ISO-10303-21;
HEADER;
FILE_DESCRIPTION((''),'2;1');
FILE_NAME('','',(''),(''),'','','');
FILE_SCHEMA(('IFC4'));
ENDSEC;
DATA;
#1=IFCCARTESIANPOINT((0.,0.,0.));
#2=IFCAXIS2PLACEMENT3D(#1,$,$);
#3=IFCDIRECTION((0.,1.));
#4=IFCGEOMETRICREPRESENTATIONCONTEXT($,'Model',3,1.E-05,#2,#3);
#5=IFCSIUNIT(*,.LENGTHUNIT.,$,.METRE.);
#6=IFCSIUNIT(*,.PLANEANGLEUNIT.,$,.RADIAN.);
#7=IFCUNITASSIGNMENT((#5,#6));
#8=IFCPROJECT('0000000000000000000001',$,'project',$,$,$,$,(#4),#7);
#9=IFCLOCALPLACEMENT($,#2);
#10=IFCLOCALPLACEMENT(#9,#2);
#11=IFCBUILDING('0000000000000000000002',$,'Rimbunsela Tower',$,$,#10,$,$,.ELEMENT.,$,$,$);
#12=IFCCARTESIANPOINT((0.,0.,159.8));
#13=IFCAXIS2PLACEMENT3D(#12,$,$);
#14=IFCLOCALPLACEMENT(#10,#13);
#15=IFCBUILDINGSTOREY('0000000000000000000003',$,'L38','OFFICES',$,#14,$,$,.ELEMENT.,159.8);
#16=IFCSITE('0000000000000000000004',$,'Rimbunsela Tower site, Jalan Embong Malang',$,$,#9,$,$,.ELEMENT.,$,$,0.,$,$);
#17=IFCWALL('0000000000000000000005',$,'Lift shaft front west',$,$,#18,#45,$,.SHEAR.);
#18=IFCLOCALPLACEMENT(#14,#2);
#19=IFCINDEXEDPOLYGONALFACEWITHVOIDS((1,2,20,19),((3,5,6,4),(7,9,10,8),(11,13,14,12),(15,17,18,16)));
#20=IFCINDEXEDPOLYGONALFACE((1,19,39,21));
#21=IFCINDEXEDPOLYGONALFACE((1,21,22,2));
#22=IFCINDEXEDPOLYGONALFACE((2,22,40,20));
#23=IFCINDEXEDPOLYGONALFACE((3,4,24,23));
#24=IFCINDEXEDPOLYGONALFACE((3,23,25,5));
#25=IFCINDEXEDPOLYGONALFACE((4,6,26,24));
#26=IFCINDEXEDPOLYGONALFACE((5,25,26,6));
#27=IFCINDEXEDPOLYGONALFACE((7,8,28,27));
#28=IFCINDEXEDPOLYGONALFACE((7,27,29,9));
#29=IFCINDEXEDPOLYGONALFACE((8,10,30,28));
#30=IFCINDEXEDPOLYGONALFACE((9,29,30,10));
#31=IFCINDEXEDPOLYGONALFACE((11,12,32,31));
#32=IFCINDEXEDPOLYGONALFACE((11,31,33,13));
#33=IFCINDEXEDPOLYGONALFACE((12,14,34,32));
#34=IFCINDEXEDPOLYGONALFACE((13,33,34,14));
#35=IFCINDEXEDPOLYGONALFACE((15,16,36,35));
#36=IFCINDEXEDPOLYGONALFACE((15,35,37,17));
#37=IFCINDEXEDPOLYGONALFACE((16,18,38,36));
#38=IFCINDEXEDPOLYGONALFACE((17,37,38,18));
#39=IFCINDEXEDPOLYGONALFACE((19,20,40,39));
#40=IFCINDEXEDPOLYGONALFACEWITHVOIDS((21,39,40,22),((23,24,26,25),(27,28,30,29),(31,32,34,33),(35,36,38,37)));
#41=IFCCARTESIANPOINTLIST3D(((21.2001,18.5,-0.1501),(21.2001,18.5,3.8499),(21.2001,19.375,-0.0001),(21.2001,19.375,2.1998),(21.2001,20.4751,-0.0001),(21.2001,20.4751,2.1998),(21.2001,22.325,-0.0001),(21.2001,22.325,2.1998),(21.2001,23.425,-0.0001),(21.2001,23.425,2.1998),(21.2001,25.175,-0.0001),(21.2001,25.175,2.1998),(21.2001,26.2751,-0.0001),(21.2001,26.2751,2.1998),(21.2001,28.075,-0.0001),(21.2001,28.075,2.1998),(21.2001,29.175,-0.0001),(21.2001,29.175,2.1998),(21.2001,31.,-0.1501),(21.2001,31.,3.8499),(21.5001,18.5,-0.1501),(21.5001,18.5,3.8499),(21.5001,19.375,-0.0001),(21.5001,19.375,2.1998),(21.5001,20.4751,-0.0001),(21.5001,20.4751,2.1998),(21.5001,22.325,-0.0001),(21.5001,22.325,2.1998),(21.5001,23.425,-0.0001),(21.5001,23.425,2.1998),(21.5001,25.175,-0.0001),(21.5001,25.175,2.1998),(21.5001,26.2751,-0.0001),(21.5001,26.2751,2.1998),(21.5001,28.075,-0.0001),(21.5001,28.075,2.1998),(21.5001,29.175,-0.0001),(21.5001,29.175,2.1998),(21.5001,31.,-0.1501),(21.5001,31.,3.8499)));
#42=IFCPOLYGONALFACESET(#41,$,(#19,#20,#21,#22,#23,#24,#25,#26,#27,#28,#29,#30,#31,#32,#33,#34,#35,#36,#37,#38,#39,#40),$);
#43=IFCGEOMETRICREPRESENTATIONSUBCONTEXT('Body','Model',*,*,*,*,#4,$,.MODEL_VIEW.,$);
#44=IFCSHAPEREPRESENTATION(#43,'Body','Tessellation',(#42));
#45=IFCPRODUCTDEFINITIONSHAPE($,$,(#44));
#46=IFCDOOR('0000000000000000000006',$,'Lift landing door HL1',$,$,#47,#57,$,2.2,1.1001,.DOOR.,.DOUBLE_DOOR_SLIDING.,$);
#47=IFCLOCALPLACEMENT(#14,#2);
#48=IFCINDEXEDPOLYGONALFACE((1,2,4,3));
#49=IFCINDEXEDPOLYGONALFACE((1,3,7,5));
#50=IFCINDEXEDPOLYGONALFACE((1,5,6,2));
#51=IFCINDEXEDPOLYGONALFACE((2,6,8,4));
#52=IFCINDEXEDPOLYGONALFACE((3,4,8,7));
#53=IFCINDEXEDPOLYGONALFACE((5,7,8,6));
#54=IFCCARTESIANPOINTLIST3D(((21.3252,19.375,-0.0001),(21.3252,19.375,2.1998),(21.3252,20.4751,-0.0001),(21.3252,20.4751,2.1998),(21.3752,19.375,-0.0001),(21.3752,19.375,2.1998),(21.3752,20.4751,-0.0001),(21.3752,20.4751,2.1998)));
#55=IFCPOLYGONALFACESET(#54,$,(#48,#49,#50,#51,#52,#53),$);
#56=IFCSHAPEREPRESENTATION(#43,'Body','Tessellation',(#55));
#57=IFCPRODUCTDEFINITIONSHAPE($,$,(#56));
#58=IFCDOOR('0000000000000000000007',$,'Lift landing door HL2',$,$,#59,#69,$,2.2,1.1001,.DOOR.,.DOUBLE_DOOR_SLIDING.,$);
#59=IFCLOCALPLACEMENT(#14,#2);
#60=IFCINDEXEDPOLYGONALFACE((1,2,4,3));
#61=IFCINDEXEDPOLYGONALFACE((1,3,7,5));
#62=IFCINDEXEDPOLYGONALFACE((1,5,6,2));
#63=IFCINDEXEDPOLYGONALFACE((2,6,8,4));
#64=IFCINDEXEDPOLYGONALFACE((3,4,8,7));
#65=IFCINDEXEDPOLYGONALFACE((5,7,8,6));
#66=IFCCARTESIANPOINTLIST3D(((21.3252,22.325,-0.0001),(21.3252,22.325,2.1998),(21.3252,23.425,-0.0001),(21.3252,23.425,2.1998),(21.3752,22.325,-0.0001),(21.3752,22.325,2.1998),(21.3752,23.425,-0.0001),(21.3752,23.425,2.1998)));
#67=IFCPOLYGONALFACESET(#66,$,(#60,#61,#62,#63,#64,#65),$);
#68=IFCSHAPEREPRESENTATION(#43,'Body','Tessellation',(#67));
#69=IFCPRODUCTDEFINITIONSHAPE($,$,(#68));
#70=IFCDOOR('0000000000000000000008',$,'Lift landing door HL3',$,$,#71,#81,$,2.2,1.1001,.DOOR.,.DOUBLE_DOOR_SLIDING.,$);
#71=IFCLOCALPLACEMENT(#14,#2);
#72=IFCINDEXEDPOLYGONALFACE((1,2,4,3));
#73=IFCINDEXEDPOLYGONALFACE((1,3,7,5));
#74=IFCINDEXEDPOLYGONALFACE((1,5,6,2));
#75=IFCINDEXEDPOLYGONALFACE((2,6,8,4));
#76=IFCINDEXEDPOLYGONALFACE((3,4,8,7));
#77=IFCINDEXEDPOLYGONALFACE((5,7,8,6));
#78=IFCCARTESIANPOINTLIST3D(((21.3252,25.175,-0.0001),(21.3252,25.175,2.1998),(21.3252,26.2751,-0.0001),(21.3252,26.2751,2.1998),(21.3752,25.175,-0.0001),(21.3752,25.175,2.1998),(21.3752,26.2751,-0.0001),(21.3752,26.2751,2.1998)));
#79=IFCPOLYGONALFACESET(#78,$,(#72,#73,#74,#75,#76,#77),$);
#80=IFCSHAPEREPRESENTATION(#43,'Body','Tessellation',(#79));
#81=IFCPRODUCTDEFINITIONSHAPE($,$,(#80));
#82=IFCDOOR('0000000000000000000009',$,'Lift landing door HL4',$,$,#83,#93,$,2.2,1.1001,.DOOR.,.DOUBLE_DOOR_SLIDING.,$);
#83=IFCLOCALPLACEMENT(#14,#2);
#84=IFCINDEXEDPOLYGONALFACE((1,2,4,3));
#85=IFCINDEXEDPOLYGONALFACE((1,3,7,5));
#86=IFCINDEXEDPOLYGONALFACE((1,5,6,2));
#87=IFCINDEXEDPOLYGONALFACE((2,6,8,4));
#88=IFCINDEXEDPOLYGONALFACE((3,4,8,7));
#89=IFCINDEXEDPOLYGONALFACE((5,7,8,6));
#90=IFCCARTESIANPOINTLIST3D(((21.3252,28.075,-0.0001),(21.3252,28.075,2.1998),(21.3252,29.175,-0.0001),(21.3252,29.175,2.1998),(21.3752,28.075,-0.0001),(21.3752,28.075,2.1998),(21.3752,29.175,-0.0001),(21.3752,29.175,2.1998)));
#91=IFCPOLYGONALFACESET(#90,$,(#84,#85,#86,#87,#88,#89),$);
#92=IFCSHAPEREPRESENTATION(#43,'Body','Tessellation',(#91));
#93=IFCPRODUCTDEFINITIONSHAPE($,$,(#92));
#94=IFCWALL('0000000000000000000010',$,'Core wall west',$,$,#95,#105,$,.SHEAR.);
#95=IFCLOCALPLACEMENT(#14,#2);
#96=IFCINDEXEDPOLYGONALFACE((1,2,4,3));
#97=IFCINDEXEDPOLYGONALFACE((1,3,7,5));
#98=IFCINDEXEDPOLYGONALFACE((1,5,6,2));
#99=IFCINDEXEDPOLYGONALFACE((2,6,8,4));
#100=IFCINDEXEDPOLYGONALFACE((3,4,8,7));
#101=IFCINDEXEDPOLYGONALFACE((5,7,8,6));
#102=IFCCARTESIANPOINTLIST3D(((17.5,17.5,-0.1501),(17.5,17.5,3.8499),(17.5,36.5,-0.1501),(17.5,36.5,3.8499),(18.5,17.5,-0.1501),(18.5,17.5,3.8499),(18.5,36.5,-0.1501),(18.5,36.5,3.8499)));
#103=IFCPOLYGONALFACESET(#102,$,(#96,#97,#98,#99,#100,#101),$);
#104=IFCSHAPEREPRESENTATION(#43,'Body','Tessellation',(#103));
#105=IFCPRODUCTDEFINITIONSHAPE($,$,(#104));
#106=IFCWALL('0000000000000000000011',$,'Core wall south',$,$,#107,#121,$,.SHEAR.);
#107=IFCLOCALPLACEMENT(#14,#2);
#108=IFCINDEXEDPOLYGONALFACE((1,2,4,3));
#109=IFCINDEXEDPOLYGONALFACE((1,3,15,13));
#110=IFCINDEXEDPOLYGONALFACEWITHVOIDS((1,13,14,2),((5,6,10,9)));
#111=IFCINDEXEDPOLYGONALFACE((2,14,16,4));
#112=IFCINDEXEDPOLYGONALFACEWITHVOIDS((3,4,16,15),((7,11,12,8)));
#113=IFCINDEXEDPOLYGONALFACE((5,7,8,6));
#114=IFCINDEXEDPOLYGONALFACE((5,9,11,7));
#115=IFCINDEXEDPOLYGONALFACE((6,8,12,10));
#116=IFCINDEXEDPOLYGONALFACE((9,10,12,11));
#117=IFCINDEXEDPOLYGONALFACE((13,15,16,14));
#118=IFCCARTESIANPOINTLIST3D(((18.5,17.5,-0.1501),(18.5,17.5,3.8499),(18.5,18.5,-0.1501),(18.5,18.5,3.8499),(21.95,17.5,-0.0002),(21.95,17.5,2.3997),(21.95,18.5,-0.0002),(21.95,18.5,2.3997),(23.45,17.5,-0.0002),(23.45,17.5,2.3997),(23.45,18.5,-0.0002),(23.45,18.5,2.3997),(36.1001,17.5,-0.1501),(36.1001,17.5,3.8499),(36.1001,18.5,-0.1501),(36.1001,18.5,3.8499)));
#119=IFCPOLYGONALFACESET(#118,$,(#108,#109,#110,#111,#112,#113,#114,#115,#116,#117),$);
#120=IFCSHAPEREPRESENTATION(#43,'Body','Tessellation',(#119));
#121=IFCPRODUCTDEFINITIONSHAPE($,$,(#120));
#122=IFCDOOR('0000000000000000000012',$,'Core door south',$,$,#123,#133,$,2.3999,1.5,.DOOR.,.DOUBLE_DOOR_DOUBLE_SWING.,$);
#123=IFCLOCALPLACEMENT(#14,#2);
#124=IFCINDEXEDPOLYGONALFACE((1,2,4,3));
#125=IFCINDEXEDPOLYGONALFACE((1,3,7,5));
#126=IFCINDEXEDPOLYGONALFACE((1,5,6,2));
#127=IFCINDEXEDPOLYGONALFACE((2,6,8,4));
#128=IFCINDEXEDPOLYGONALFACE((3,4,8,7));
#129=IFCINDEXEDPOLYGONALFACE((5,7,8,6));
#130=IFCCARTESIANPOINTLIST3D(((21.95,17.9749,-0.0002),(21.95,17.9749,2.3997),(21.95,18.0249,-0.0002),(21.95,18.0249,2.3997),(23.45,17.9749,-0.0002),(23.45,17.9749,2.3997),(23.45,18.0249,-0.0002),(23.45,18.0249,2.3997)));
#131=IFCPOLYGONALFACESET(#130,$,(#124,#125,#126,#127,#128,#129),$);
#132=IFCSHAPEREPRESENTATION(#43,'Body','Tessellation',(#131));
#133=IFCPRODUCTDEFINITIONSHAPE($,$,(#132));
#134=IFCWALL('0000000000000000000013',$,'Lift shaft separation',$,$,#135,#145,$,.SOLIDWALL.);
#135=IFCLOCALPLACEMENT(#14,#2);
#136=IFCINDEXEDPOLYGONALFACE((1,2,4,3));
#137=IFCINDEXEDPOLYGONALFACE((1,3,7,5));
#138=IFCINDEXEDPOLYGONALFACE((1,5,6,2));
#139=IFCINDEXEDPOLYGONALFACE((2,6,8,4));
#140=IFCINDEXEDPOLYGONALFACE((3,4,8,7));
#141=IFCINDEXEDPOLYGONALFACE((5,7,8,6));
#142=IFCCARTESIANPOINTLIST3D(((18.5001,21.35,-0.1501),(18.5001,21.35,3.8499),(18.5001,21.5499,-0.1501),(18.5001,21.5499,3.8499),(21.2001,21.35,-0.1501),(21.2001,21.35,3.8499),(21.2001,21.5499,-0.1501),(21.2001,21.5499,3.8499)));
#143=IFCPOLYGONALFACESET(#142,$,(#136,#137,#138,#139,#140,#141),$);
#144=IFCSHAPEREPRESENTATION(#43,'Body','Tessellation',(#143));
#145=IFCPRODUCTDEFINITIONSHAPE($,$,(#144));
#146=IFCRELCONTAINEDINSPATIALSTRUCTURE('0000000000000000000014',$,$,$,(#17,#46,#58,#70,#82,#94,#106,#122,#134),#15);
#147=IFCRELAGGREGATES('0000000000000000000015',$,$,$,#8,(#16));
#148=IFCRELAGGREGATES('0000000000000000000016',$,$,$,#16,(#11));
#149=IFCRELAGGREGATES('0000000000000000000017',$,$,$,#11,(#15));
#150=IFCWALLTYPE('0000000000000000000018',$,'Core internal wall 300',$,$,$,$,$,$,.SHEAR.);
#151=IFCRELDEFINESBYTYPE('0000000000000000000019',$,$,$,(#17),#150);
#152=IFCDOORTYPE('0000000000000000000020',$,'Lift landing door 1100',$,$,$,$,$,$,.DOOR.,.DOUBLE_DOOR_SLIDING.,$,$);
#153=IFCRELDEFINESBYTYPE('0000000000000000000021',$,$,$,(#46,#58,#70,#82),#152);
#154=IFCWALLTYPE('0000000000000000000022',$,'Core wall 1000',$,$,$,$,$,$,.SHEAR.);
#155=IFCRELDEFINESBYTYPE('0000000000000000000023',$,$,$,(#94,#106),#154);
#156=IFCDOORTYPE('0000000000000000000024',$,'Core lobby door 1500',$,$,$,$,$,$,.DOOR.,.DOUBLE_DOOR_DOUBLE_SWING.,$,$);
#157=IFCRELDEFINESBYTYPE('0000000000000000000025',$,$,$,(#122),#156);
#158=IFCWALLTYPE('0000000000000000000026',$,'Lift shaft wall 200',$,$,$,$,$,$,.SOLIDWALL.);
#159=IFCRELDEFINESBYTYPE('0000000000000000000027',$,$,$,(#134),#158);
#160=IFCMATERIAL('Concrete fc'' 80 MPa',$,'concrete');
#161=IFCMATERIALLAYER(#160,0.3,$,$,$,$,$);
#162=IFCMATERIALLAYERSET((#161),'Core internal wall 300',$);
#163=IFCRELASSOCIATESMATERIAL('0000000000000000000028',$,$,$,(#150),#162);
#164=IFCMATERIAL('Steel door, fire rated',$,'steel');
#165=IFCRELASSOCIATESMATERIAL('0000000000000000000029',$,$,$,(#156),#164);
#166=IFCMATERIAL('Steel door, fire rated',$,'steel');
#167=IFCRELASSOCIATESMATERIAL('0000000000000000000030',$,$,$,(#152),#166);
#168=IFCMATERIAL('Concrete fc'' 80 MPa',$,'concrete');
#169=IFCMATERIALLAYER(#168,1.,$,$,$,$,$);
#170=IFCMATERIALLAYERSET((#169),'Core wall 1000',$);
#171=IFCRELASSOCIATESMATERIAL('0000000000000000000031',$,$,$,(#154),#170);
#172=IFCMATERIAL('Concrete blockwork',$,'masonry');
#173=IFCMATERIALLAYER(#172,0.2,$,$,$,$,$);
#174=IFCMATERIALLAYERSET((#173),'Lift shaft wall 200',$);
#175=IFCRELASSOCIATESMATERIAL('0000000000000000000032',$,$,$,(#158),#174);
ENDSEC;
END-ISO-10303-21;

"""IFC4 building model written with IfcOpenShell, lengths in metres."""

from ifc_helpers import new_model, si_unit, direction, frame, frame_2d, origin, place, context, subcontext, project, spatial, rectangle, extrude, material, layer, layer_set, type_object, element, fill, save


model = new_model("IFC4")

# Units and contexts
model_context = context("Model", 3, precision=1e-05, world=origin(), true_north=direction((0.0, 1.0)))
body_context = subcontext(model_context, "Body", "Model", "MODEL_VIEW")
ifc_project = project(units=[si_unit("LENGTHUNIT", "METRE"), si_unit("PLANEANGLEUNIT", "RADIAN")], contexts=[model_context])

# Site, building, storey
site_placement = place(None, origin())
site = spatial("IfcSite", under=ifc_project, at=site_placement, Name="Rimbunsela Tower site, Jalan Embong Malang", CompositionType="ELEMENT", RefElevation=0.0)
building_placement = place(site_placement, origin())
building = spatial("IfcBuilding", under=site, at=building_placement, Name="Rimbunsela Tower", CompositionType="ELEMENT")
storey_placement = place(building_placement, frame((0.0, 0.0, 159.8)))
storey = spatial("IfcBuildingStorey", under=building, at=storey_placement, Name="L38", Description="OFFICES", CompositionType="ELEMENT", Elevation=159.8)

# Shared definitions
ifc_material_1 = material(Name="Concrete fc' 80 MPa", Category="concrete")
ifc_layer_1 = layer(ifc_material_1, 0.3)
ifc_layer_set_1 = layer_set([ifc_layer_1], Name="Core internal wall 300")
wall_type_1 = type_object("IfcWallType", Name="Core internal wall 300", PredefinedType="SHEAR", material=ifc_layer_set_1)
ifc_material_2 = material(Name="Steel door, fire rated", Category="steel")
door_type_1 = type_object("IfcDoorType", Name="Core lobby door 1500", OperationType="DOUBLE_DOOR_DOUBLE_SWING", PredefinedType="DOOR", material=ifc_material_2)

# Wall, openings, doors
wall_1_placement = place(storey_placement, frame((21.3501, 18.5, -0.1501), z_axis=(0.0, 0.0, 1.0), x_axis=(0.0, 1.0, 0.0)))
wall_1 = element("IfcWall", 1, at=wall_1_placement, inside=storey, type_object=wall_type_1, Name="Lift shaft front west", PredefinedType="SHEAR", context=body_context, shape_type="SweptSolid", body=[
    extrude(rectangle(XDim=12.5, YDim=0.3, at=frame_2d((6.25, 0.0))), origin(), (0.0, 0.0, 1.0), 4.0),
])
opening_1_placement = place(wall_1_placement, frame((0.875, 0.0, 0.1499)))
opening_1 = element("IfcOpeningElement", 2, at=opening_1_placement, cuts=wall_1, PredefinedType="OPENING", context=body_context, shape_type="SweptSolid", body=[
    extrude(rectangle(XDim=1.1001, YDim=2.2, at=frame_2d((0.55, 1.1001))), frame((0.0, 0.1599, 0.0), z_axis=(0.0, -1.0, 0.0), x_axis=(1.0, 0.0, 0.0)), (0.0, 0.0, 1.0), 0.3201),
])
opening_2_placement = place(wall_1_placement, frame((3.825, 0.0, 0.1499)))
opening_2 = element("IfcOpeningElement", 3, at=opening_2_placement, cuts=wall_1, PredefinedType="OPENING", context=body_context, shape_type="SweptSolid", body=[
    extrude(rectangle(XDim=1.1001, YDim=2.2, at=frame_2d((0.55, 1.1001))), frame((0.0, 0.1599, 0.0), z_axis=(0.0, -1.0, 0.0), x_axis=(1.0, 0.0, 0.0)), (0.0, 0.0, 1.0), 0.3201),
])
opening_3_placement = place(wall_1_placement, frame((6.675, 0.0, 0.1499)))
opening_3 = element("IfcOpeningElement", 4, at=opening_3_placement, cuts=wall_1, PredefinedType="OPENING", context=body_context, shape_type="SweptSolid", body=[
    extrude(rectangle(XDim=1.1001, YDim=2.2, at=frame_2d((0.55, 1.1001))), frame((0.0, 0.1599, 0.0), z_axis=(0.0, -1.0, 0.0), x_axis=(1.0, 0.0, 0.0)), (0.0, 0.0, 1.0), 0.3201),
])
opening_4_placement = place(wall_1_placement, frame((9.575, 0.0, 0.1499)))
opening_4 = element("IfcOpeningElement", 5, at=opening_4_placement, cuts=wall_1, PredefinedType="OPENING", context=body_context, shape_type="SweptSolid", body=[
    extrude(rectangle(XDim=1.1001, YDim=2.2, at=frame_2d((0.55, 1.1001))), frame((0.0, 0.1599, 0.0), z_axis=(0.0, -1.0, 0.0), x_axis=(1.0, 0.0, 0.0)), (0.0, 0.0, 1.0), 0.3201),
])
ifc_material_3 = material(Name="Steel door, fire rated", Category="steel")
door_type_2 = type_object("IfcDoorType", Name="Lift landing door 1100", OperationType="DOUBLE_DOOR_SLIDING", PredefinedType="DOOR", material=ifc_material_3)
door_1_placement = place(opening_1_placement, origin())
door_1 = element("IfcDoor", 6, at=door_1_placement, inside=storey, type_object=door_type_2, Name="Lift landing door HL1", OperationType="DOUBLE_DOOR_SLIDING", OverallHeight=2.2, OverallWidth=1.1001, PredefinedType="DOOR", context=body_context, shape_type="SweptSolid", body=[
    extrude(rectangle(XDim=1.1001, YDim=2.2, at=frame_2d((0.55, 1.1001))), frame((0.0, 0.0249, 0.0), z_axis=(0.0, -1.0, 0.0), x_axis=(1.0, 0.0, 0.0)), (0.0, 0.0, 1.0), 0.05),
])
fill(opening_1, door_1)
door_2_placement = place(opening_2_placement, origin())
door_2 = element("IfcDoor", 7, at=door_2_placement, inside=storey, type_object=door_type_2, Name="Lift landing door HL2", OperationType="DOUBLE_DOOR_SLIDING", OverallHeight=2.2, OverallWidth=1.1001, PredefinedType="DOOR", context=body_context, shape_type="SweptSolid", body=[
    extrude(rectangle(XDim=1.1001, YDim=2.2, at=frame_2d((0.55, 1.1001))), frame((0.0, 0.0249, 0.0), z_axis=(0.0, -1.0, 0.0), x_axis=(1.0, 0.0, 0.0)), (0.0, 0.0, 1.0), 0.05),
])
fill(opening_2, door_2)
door_3_placement = place(opening_3_placement, origin())
door_3 = element("IfcDoor", 8, at=door_3_placement, inside=storey, type_object=door_type_2, Name="Lift landing door HL3", OperationType="DOUBLE_DOOR_SLIDING", OverallHeight=2.2, OverallWidth=1.1001, PredefinedType="DOOR", context=body_context, shape_type="SweptSolid", body=[
    extrude(rectangle(XDim=1.1001, YDim=2.2, at=frame_2d((0.55, 1.1001))), frame((0.0, 0.0249, 0.0), z_axis=(0.0, -1.0, 0.0), x_axis=(1.0, 0.0, 0.0)), (0.0, 0.0, 1.0), 0.05),
])
fill(opening_3, door_3)
door_4_placement = place(opening_4_placement, origin())
door_4 = element("IfcDoor", 9, at=door_4_placement, inside=storey, type_object=door_type_2, Name="Lift landing door HL4", OperationType="DOUBLE_DOOR_SLIDING", OverallHeight=2.2, OverallWidth=1.1001, PredefinedType="DOOR", context=body_context, shape_type="SweptSolid", body=[
    extrude(rectangle(XDim=1.1001, YDim=2.2, at=frame_2d((0.55, 1.1001))), frame((0.0, 0.0249, 0.0), z_axis=(0.0, -1.0, 0.0), x_axis=(1.0, 0.0, 0.0)), (0.0, 0.0, 1.0), 0.05),
])
fill(opening_4, door_4)

# Wall
ifc_material_4 = material(Name="Concrete fc' 80 MPa", Category="concrete")
ifc_layer_2 = layer(ifc_material_4, 1.0)
ifc_layer_set_2 = layer_set([ifc_layer_2], Name="Core wall 1000")
wall_type_2 = type_object("IfcWallType", Name="Core wall 1000", PredefinedType="SHEAR", material=ifc_layer_set_2)
wall_2_placement = place(storey_placement, frame((18.0, 17.5, -0.1501), z_axis=(0.0, 0.0, 1.0), x_axis=(0.0, 1.0, 0.0)))
element("IfcWall", 10, at=wall_2_placement, inside=storey, type_object=wall_type_2, Name="Core wall west", PredefinedType="SHEAR", context=body_context, shape_type="SweptSolid", body=[
    extrude(rectangle(XDim=19.0, YDim=1.0, at=frame_2d((9.5, 0.0))), origin(), (0.0, 0.0, 1.0), 4.0),
])

# Wall, opening, door
wall_3_placement = place(storey_placement, frame((18.5, 18.0, -0.1501), z_axis=(0.0, 0.0, 1.0), x_axis=(1.0, 0.0, 0.0)))
wall_3 = element("IfcWall", 11, at=wall_3_placement, inside=storey, type_object=wall_type_2, Name="Core wall south", PredefinedType="SHEAR", context=body_context, shape_type="SweptSolid", body=[
    extrude(rectangle(XDim=17.6001, YDim=1.0, at=frame_2d((8.8, 0.0))), origin(), (0.0, 0.0, 1.0), 4.0),
])
opening_5_placement = place(wall_3_placement, frame((3.45, 0.0, 0.1499)))
opening_5 = element("IfcOpeningElement", 12, at=opening_5_placement, cuts=wall_3, PredefinedType="OPENING", context=body_context, shape_type="SweptSolid", body=[
    extrude(rectangle(XDim=1.5, YDim=2.3999, at=frame_2d((0.75, 1.2))), frame((0.0, 0.51, 0.0), z_axis=(0.0, -1.0, 0.0), x_axis=(1.0, 0.0, 0.0)), (0.0, 0.0, 1.0), 1.02),
])
door_5_placement = place(opening_5_placement, origin())
door_5 = element("IfcDoor", 13, at=door_5_placement, inside=storey, type_object=door_type_1, Name="Core door south", OperationType="DOUBLE_DOOR_DOUBLE_SWING", OverallHeight=2.3999, OverallWidth=1.5, PredefinedType="DOOR", context=body_context, shape_type="SweptSolid", body=[
    extrude(rectangle(XDim=1.5, YDim=2.3999, at=frame_2d((0.75, 1.2))), frame((0.0, 0.0249, 0.0), z_axis=(0.0, -1.0, 0.0), x_axis=(1.0, 0.0, 0.0)), (0.0, 0.0, 1.0), 0.05),
])
fill(opening_5, door_5)

# Wall
ifc_material_5 = material(Name="Concrete blockwork", Category="masonry")
ifc_layer_3 = layer(ifc_material_5, 0.2)
ifc_layer_set_3 = layer_set([ifc_layer_3], Name="Lift shaft wall 200")
wall_type_3 = type_object("IfcWallType", Name="Lift shaft wall 200", PredefinedType="SOLIDWALL", material=ifc_layer_set_3)
wall_4_placement = place(storey_placement, frame((18.5, 21.45, -0.1501), z_axis=(0.0, 0.0, 1.0), x_axis=(1.0, 0.0, 0.0)))
element("IfcWall", 14, at=wall_4_placement, inside=storey, type_object=wall_type_3, Name="Lift shaft separation", PredefinedType="SOLIDWALL", context=body_context, shape_type="SweptSolid", body=[
    extrude(rectangle(XDim=2.7, YDim=0.2, at=frame_2d((1.3501, 0.0))), origin(), (0.0, 0.0, 1.0), 4.0),
])

save(model, "model.ifc")
